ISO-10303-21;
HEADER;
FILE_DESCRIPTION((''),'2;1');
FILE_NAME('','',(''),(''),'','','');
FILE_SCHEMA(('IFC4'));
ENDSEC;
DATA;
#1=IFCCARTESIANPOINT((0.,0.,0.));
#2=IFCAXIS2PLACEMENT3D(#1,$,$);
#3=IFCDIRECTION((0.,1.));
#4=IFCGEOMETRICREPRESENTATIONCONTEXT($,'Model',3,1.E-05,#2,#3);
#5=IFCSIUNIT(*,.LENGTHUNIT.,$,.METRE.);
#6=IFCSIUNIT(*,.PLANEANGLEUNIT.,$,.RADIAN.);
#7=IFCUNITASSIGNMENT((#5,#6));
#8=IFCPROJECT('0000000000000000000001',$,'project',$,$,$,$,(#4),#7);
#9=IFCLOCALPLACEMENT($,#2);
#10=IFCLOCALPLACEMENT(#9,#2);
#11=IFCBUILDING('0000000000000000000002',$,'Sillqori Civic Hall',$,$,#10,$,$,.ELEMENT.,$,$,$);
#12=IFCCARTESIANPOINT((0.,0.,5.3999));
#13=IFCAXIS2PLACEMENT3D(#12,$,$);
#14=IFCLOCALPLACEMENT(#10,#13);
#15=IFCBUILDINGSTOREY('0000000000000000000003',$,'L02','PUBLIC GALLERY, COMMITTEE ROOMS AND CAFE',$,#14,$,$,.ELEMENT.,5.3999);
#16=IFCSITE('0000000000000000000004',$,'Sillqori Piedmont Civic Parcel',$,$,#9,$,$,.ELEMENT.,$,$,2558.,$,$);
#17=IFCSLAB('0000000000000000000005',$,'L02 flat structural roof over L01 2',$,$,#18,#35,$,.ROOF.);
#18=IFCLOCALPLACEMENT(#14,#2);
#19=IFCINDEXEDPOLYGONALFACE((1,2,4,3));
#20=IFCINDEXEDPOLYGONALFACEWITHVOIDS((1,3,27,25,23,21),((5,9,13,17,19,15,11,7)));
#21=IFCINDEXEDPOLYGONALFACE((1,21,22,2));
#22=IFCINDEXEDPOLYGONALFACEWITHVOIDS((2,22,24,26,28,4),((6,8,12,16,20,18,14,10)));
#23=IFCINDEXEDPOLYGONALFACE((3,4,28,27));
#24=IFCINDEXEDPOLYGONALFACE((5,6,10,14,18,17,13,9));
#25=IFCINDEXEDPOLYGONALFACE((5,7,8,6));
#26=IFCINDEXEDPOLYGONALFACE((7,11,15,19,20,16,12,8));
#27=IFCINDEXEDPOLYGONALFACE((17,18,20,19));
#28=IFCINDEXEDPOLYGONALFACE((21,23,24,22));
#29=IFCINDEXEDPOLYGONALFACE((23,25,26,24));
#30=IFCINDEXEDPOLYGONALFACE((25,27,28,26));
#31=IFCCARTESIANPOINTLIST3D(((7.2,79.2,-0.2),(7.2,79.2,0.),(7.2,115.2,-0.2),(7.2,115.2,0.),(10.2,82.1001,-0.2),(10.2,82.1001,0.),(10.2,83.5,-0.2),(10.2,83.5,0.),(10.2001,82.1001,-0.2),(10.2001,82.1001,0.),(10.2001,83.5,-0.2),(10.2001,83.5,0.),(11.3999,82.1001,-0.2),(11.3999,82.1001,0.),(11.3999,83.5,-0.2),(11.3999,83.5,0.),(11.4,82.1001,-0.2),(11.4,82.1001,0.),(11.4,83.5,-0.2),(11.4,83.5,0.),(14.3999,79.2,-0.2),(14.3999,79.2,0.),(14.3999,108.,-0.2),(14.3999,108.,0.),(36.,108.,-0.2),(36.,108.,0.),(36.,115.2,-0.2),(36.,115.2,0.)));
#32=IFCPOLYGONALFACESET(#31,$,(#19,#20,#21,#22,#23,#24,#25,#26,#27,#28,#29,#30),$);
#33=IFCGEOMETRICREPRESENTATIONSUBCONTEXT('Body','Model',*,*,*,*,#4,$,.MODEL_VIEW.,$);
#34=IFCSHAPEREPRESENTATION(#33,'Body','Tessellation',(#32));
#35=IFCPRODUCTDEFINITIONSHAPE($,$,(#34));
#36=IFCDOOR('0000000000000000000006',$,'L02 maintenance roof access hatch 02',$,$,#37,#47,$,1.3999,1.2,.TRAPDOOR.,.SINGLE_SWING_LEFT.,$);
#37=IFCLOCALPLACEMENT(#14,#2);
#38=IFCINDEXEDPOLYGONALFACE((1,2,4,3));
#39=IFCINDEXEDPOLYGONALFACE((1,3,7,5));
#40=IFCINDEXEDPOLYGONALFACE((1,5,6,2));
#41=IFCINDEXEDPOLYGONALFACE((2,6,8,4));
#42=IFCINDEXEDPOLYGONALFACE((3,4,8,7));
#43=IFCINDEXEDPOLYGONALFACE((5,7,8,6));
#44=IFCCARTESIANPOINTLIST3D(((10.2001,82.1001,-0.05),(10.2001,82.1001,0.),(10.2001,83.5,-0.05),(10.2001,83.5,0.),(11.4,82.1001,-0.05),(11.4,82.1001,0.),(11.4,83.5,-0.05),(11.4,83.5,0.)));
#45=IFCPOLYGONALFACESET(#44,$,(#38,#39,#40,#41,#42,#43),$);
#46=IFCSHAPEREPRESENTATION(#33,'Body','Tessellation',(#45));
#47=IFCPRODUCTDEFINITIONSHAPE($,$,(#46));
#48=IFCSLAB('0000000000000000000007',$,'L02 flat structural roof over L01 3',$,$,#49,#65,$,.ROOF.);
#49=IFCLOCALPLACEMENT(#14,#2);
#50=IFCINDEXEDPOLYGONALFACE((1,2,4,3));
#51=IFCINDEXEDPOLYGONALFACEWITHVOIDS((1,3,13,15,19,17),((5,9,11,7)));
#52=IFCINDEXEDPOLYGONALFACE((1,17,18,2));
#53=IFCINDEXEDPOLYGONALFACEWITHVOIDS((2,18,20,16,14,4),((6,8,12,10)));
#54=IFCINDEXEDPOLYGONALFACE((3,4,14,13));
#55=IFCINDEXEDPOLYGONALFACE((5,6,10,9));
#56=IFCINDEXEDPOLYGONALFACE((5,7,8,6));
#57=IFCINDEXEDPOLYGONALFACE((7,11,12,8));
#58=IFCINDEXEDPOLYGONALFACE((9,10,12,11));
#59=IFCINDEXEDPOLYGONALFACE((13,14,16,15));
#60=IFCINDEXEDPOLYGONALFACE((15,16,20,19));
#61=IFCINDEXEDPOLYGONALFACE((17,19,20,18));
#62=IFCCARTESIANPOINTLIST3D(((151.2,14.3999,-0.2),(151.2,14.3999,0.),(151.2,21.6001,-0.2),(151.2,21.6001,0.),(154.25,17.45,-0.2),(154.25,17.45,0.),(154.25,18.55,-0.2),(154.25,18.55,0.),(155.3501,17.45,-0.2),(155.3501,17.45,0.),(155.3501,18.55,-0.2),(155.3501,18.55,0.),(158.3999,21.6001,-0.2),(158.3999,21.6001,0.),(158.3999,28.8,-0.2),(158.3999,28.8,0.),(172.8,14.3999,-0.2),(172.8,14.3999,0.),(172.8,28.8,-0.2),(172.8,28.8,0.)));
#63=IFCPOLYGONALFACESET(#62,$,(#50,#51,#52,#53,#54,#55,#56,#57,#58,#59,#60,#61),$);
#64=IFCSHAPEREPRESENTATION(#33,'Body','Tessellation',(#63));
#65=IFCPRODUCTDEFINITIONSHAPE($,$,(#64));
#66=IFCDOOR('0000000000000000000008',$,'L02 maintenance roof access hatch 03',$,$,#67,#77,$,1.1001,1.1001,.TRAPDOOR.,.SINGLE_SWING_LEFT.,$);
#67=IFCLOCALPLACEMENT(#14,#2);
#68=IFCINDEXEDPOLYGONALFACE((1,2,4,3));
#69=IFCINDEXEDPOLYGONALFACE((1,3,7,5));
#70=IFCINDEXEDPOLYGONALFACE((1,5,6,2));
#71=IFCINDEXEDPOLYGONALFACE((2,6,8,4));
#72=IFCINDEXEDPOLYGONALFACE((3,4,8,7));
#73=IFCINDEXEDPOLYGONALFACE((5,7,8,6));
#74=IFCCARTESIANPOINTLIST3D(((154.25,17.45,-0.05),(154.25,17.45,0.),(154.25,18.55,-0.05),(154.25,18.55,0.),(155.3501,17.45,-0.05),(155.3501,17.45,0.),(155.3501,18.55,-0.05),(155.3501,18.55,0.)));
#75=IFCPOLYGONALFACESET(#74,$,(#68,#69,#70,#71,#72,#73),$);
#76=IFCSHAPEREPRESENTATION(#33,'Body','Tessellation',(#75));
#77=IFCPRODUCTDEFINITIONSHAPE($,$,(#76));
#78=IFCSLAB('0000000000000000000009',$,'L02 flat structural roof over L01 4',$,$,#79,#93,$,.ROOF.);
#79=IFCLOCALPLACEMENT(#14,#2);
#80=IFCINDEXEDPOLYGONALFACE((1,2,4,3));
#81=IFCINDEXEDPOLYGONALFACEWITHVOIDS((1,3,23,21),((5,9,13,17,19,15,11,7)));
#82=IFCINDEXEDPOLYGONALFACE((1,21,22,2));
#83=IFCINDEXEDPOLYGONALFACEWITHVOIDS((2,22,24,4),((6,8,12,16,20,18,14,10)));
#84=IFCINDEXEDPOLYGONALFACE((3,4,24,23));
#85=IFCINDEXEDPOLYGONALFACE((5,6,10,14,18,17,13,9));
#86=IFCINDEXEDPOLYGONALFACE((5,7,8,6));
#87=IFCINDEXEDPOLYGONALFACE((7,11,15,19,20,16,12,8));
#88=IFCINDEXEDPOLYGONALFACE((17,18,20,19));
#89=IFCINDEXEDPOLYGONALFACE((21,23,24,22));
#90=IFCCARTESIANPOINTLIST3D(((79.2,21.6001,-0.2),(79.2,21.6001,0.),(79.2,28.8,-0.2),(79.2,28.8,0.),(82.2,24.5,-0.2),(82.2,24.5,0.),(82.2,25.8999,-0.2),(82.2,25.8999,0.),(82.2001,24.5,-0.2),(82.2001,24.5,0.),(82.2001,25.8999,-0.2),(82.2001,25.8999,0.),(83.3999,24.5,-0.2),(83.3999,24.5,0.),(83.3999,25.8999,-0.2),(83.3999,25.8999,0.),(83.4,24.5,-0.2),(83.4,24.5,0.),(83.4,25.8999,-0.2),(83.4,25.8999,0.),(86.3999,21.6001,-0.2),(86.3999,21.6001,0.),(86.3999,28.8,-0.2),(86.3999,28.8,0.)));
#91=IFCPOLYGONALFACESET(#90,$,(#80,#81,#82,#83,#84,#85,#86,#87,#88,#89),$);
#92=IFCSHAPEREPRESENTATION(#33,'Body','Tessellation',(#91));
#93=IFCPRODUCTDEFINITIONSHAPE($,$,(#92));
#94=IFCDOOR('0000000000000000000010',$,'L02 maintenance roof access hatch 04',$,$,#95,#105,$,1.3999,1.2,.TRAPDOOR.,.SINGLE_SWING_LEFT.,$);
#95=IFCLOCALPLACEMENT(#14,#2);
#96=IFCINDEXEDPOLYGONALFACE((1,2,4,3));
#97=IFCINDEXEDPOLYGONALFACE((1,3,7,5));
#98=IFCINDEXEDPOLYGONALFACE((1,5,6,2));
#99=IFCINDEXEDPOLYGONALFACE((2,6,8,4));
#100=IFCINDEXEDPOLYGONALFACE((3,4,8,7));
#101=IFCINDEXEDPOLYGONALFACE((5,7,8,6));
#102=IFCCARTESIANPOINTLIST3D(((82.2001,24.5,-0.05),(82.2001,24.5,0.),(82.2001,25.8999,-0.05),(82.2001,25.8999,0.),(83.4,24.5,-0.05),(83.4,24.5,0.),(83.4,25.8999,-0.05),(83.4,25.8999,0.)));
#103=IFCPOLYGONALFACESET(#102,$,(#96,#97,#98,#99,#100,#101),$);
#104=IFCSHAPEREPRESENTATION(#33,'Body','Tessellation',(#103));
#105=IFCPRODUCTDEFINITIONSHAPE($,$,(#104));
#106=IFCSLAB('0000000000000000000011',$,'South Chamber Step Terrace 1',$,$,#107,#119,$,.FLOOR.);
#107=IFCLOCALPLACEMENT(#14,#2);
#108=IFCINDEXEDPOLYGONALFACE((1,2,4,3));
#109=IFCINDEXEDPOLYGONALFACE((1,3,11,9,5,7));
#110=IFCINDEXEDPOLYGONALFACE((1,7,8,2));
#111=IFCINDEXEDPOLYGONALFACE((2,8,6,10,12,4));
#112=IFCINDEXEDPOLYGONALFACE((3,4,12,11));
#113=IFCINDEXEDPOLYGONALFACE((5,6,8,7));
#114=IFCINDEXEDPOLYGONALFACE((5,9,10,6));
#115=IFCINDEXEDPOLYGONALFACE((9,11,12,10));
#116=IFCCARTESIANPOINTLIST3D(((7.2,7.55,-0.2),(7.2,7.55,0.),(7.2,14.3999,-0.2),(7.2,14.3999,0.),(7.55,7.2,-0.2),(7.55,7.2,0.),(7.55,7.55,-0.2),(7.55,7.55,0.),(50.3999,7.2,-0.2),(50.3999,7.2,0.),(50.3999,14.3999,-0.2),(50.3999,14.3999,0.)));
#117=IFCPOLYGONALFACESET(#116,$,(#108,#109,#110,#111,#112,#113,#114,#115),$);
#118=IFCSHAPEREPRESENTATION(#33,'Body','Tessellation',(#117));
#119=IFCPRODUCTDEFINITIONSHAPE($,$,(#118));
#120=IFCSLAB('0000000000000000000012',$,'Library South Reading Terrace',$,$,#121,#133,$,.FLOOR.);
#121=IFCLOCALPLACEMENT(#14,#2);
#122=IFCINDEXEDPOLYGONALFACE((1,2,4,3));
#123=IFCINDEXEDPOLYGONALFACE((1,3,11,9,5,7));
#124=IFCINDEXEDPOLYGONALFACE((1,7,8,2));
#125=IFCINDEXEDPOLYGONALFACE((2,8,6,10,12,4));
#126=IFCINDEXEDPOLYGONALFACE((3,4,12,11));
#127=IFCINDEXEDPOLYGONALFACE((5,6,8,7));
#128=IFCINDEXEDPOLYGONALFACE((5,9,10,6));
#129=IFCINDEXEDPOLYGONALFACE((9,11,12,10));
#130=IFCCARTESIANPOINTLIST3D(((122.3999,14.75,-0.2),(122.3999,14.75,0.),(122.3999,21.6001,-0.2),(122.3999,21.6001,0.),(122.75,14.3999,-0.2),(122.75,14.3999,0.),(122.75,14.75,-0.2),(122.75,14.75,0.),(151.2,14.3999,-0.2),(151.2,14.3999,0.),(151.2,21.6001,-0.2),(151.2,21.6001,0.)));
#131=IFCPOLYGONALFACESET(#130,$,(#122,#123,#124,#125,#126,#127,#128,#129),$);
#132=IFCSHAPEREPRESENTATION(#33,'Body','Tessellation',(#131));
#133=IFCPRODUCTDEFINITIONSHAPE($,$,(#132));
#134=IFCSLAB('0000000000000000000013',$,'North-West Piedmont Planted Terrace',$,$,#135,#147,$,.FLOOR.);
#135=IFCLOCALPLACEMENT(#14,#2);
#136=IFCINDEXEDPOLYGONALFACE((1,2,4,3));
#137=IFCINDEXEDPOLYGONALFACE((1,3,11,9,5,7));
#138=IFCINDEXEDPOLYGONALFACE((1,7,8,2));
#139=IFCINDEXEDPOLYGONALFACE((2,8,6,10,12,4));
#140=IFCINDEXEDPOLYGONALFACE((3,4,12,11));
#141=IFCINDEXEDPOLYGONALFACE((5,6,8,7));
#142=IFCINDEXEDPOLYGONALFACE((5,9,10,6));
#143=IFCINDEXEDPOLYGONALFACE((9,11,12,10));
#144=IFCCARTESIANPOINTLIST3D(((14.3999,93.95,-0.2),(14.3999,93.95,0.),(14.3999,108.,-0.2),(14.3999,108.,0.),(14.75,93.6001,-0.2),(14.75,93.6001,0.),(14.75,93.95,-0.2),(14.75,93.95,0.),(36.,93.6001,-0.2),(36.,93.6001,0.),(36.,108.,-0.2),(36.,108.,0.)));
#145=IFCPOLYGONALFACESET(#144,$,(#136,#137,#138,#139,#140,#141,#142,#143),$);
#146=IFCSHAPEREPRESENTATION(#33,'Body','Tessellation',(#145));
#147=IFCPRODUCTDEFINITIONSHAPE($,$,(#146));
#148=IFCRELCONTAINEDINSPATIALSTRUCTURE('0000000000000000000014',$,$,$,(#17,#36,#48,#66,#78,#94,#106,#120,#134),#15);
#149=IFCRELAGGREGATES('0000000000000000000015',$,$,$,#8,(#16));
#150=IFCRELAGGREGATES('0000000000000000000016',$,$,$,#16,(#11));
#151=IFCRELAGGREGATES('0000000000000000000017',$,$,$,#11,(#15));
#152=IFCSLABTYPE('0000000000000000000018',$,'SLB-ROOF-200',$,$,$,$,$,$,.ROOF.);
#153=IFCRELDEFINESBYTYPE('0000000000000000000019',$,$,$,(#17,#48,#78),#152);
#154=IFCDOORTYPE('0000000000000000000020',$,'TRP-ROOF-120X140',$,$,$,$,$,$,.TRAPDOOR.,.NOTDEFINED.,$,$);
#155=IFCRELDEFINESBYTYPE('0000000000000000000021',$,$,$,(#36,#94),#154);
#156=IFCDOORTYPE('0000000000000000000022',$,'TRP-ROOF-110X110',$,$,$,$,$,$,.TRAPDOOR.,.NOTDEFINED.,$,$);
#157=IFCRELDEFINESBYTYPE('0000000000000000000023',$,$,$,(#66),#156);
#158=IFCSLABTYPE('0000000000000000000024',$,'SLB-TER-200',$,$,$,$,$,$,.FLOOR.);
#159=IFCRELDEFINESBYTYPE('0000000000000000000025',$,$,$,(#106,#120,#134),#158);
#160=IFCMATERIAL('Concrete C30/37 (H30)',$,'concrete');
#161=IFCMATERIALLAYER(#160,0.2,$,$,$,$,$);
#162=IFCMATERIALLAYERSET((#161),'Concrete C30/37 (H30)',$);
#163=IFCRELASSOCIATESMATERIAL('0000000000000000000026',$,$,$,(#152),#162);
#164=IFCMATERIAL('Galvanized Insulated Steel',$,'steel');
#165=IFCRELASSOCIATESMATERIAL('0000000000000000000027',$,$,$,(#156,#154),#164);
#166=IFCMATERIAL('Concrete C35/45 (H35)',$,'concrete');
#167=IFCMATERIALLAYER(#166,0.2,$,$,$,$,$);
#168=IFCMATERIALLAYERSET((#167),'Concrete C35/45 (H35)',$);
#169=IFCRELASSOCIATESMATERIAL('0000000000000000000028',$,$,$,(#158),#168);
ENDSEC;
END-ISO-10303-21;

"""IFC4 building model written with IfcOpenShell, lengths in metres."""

from ifc_helpers import new_model, si_unit, direction, frame, origin, origin_2d, place, context, subcontext, project, spatial, polyline, rectangle, outline, extrude, material, layer, layer_set, type_object, element, fill, save


model = new_model("IFC4")

# Units and contexts
model_context = context("Model", 3, precision=1e-05, world=origin(), true_north=direction((0.0, 1.0)))
body_context = subcontext(model_context, "Body", "Model", "MODEL_VIEW")
ifc_project = project(units=[si_unit("LENGTHUNIT", "METRE"), si_unit("PLANEANGLEUNIT", "RADIAN")], contexts=[model_context])

# Site, building, storey
site_placement = place(None, origin())
site = spatial("IfcSite", under=ifc_project, at=site_placement, Name="Sillqori Piedmont Civic Parcel", CompositionType="ELEMENT", RefElevation=2558.0)
building_placement = place(site_placement, origin())
building = spatial("IfcBuilding", under=site, at=building_placement, Name="Sillqori Civic Hall", CompositionType="ELEMENT")
storey_placement = place(building_placement, frame((0.0, 0.0, 5.3999)))
storey = spatial("IfcBuildingStorey", under=building, at=storey_placement, Name="L02", Description="PUBLIC GALLERY, COMMITTEE ROOMS AND CAFE", CompositionType="ELEMENT", Elevation=5.3999)

# Shared definitions
ifc_material_1 = material(Name="Concrete C30/37 (H30)", Category="concrete")

# Slabs, openings, doors
ifc_layer_1 = layer(ifc_material_1, 0.2)
ifc_layer_set_1 = layer_set([ifc_layer_1], Name="Concrete C30/37 (H30)")
slab_type_1 = type_object("IfcSlabType", Name="SLB-ROOF-200", PredefinedType="ROOF", material=ifc_layer_set_1)
ifc_material_2 = material(Name="Galvanized Insulated Steel", Category="steel")
door_type_1 = type_object("IfcDoorType", Name="TRP-ROOF-110X110", OperationType="NOTDEFINED", PredefinedType="TRAPDOOR", material=ifc_material_2)
slab_1_placement = place(storey_placement, frame((0.0, 0.0, -0.2)))
slab_1 = element("IfcSlab", 1, at=slab_1_placement, inside=storey, type_object=slab_type_1, Name="L02 flat structural roof over L01 2", PredefinedType="ROOF", context=body_context, shape_type="SweptSolid", body=[
    extrude(outline(polyline([(7.2, 93.6001), (7.2, 100.8), (7.2, 108.0), (7.2, 115.2), (14.3999, 115.2), (21.6001, 115.2), (28.8, 115.2), (36.0, 115.2), (36.0, 108.0), (28.8, 108.0), (21.6001, 108.0), (14.3999, 108.0), (14.3999, 100.8), (14.3999, 93.6001), (14.3999, 86.3999), (14.3999, 79.2), (7.2, 79.2), (7.2, 86.3999), (7.2, 93.6001)]), holes=[polyline([(10.2, 82.1001), (10.2, 83.5), (11.3999, 83.5), (11.3999, 82.1001), (10.2, 82.1001)])]), origin(), (0.0, 0.0, 1.0), 0.2),
])
opening_1_placement = place(slab_1_placement, frame((10.8, 82.8, 0.0)))
opening_1 = element("IfcOpeningElement", 2, at=opening_1_placement, cuts=slab_1, PredefinedType="OPENING", context=body_context, shape_type="SweptSolid", body=[
    extrude(rectangle(XDim=1.2, YDim=1.3999, at=origin_2d()), frame((0.0, 0.0, -0.01)), (0.0, 0.0, 1.0), 0.22),
])
door_type_2 = type_object("IfcDoorType", Name="TRP-ROOF-120X140", OperationType="NOTDEFINED", PredefinedType="TRAPDOOR", material=ifc_material_2)
door_1_placement = place(opening_1_placement, frame((0.0, 0.0, 0.1499)))
door_1 = element("IfcDoor", 3, at=door_1_placement, inside=storey, type_object=door_type_2, Name="L02 maintenance roof access hatch 02", OperationType="SINGLE_SWING_LEFT", OverallHeight=1.3999, OverallWidth=1.2, PredefinedType="TRAPDOOR", context=body_context, shape_type="SweptSolid", body=[
    extrude(rectangle(XDim=1.2, YDim=1.3999, at=origin_2d()), origin(), (0.0, 0.0, 1.0), 0.05),
])
fill(opening_1, door_1)
slab_2_placement = place(storey_placement, frame((0.0, 0.0, -0.2)))
slab_2 = element("IfcSlab", 4, at=slab_2_placement, inside=storey, type_object=slab_type_1, Name="L02 flat structural roof over L01 3", PredefinedType="ROOF", context=body_context, shape_type="SweptSolid", body=[
    extrude(outline(polyline([(165.6001, 28.8), (172.8, 28.8), (172.8, 21.6001), (172.8, 14.3999), (165.6001, 14.3999), (158.3999, 14.3999), (151.2, 14.3999), (151.2, 21.6001), (158.3999, 21.6001), (158.3999, 28.8), (165.6001, 28.8)]), holes=[polyline([(154.25, 17.45), (154.25, 18.55), (155.3501, 18.55), (155.3501, 17.45), (154.25, 17.45)])]), origin(), (0.0, 0.0, 1.0), 0.2),
])
opening_2_placement = place(slab_2_placement, frame((154.8, 18.0, 0.0)))
opening_2 = element("IfcOpeningElement", 5, at=opening_2_placement, cuts=slab_2, PredefinedType="OPENING", context=body_context, shape_type="SweptSolid", body=[
    extrude(rectangle(XDim=1.1001, YDim=1.1001, at=origin_2d()), frame((0.0, 0.0, -0.01)), (0.0, 0.0, 1.0), 0.22),
])
door_2_placement = place(opening_2_placement, frame((0.0, 0.0, 0.1499)))
door_2 = element("IfcDoor", 6, at=door_2_placement, inside=storey, type_object=door_type_1, Name="L02 maintenance roof access hatch 03", OperationType="SINGLE_SWING_LEFT", OverallHeight=1.1001, OverallWidth=1.1001, PredefinedType="TRAPDOOR", context=body_context, shape_type="SweptSolid", body=[
    extrude(rectangle(XDim=1.1001, YDim=1.1001, at=origin_2d()), origin(), (0.0, 0.0, 1.0), 0.05),
])
fill(opening_2, door_2)
slab_3_placement = place(storey_placement, frame((0.0, 0.0, -0.2)))
slab_3 = element("IfcSlab", 7, at=slab_3_placement, inside=storey, type_object=slab_type_1, Name="L02 flat structural roof over L01 4", PredefinedType="ROOF", context=body_context, shape_type="SweptSolid", body=[
    extrude(outline(polyline([(79.2, 21.6001), (79.2, 28.8), (86.3999, 28.8), (86.3999, 21.6001), (79.2, 21.6001)]), holes=[polyline([(82.2, 24.5), (82.2, 25.8999), (83.3999, 25.8999), (83.3999, 24.5), (82.2, 24.5)])]), origin(), (0.0, 0.0, 1.0), 0.2),
])
opening_3_placement = place(slab_3_placement, frame((82.8, 25.2, 0.0)))
opening_3 = element("IfcOpeningElement", 8, at=opening_3_placement, cuts=slab_3, PredefinedType="OPENING", context=body_context, shape_type="SweptSolid", body=[
    extrude(rectangle(XDim=1.2, YDim=1.3999, at=origin_2d()), frame((0.0, 0.0, -0.01)), (0.0, 0.0, 1.0), 0.22),
])
door_3_placement = place(opening_3_placement, frame((0.0, 0.0, 0.1499)))
door_3 = element("IfcDoor", 9, at=door_3_placement, inside=storey, type_object=door_type_2, Name="L02 maintenance roof access hatch 04", OperationType="SINGLE_SWING_LEFT", OverallHeight=1.3999, OverallWidth=1.2, PredefinedType="TRAPDOOR", context=body_context, shape_type="SweptSolid", body=[
    extrude(rectangle(XDim=1.2, YDim=1.3999, at=origin_2d()), origin(), (0.0, 0.0, 1.0), 0.05),
])
fill(opening_3, door_3)

# Slabs
ifc_material_3 = material(Name="Concrete C35/45 (H35)", Category="concrete")
ifc_layer_2 = layer(ifc_material_3, 0.2)
ifc_layer_set_2 = layer_set([ifc_layer_2], Name="Concrete C35/45 (H35)")
slab_type_2 = type_object("IfcSlabType", Name="SLB-TER-200", PredefinedType="FLOOR", material=ifc_layer_set_2)
slab_4_placement = place(storey_placement, frame((0.0, 0.0, -0.2)))
element("IfcSlab", 10, at=slab_4_placement, inside=storey, type_object=slab_type_2, Name="South Chamber Step Terrace 1", PredefinedType="FLOOR", context=body_context, shape_type="SweptSolid", body=[
    extrude(outline(polyline([(7.2, 14.3999), (50.3999, 14.3999), (50.3999, 7.2), (7.55, 7.2), (7.55, 7.55), (7.2, 7.55), (7.2, 14.3999)])), origin(), (0.0, 0.0, 1.0), 0.2),
])
slab_5_placement = place(storey_placement, frame((0.0, 0.0, -0.2)))
element("IfcSlab", 11, at=slab_5_placement, inside=storey, type_object=slab_type_2, Name="Library South Reading Terrace", PredefinedType="FLOOR", context=body_context, shape_type="SweptSolid", body=[
    extrude(outline(polyline([(122.3999, 21.6001), (151.2, 21.6001), (151.2, 14.3999), (122.75, 14.3999), (122.75, 14.75), (122.3999, 14.75), (122.3999, 21.6001)])), origin(), (0.0, 0.0, 1.0), 0.2),
])
slab_6_placement = place(storey_placement, frame((0.0, 0.0, -0.2)))
element("IfcSlab", 12, at=slab_6_placement, inside=storey, type_object=slab_type_2, Name="North-West Piedmont Planted Terrace", PredefinedType="FLOOR", context=body_context, shape_type="SweptSolid", body=[
    extrude(outline(polyline([(14.3999, 108.0), (36.0, 108.0), (36.0, 93.6001), (14.75, 93.6001), (14.75, 93.95), (14.3999, 93.95), (14.3999, 108.0)])), origin(), (0.0, 0.0, 1.0), 0.2),
])

save(model, "model.ifc")
